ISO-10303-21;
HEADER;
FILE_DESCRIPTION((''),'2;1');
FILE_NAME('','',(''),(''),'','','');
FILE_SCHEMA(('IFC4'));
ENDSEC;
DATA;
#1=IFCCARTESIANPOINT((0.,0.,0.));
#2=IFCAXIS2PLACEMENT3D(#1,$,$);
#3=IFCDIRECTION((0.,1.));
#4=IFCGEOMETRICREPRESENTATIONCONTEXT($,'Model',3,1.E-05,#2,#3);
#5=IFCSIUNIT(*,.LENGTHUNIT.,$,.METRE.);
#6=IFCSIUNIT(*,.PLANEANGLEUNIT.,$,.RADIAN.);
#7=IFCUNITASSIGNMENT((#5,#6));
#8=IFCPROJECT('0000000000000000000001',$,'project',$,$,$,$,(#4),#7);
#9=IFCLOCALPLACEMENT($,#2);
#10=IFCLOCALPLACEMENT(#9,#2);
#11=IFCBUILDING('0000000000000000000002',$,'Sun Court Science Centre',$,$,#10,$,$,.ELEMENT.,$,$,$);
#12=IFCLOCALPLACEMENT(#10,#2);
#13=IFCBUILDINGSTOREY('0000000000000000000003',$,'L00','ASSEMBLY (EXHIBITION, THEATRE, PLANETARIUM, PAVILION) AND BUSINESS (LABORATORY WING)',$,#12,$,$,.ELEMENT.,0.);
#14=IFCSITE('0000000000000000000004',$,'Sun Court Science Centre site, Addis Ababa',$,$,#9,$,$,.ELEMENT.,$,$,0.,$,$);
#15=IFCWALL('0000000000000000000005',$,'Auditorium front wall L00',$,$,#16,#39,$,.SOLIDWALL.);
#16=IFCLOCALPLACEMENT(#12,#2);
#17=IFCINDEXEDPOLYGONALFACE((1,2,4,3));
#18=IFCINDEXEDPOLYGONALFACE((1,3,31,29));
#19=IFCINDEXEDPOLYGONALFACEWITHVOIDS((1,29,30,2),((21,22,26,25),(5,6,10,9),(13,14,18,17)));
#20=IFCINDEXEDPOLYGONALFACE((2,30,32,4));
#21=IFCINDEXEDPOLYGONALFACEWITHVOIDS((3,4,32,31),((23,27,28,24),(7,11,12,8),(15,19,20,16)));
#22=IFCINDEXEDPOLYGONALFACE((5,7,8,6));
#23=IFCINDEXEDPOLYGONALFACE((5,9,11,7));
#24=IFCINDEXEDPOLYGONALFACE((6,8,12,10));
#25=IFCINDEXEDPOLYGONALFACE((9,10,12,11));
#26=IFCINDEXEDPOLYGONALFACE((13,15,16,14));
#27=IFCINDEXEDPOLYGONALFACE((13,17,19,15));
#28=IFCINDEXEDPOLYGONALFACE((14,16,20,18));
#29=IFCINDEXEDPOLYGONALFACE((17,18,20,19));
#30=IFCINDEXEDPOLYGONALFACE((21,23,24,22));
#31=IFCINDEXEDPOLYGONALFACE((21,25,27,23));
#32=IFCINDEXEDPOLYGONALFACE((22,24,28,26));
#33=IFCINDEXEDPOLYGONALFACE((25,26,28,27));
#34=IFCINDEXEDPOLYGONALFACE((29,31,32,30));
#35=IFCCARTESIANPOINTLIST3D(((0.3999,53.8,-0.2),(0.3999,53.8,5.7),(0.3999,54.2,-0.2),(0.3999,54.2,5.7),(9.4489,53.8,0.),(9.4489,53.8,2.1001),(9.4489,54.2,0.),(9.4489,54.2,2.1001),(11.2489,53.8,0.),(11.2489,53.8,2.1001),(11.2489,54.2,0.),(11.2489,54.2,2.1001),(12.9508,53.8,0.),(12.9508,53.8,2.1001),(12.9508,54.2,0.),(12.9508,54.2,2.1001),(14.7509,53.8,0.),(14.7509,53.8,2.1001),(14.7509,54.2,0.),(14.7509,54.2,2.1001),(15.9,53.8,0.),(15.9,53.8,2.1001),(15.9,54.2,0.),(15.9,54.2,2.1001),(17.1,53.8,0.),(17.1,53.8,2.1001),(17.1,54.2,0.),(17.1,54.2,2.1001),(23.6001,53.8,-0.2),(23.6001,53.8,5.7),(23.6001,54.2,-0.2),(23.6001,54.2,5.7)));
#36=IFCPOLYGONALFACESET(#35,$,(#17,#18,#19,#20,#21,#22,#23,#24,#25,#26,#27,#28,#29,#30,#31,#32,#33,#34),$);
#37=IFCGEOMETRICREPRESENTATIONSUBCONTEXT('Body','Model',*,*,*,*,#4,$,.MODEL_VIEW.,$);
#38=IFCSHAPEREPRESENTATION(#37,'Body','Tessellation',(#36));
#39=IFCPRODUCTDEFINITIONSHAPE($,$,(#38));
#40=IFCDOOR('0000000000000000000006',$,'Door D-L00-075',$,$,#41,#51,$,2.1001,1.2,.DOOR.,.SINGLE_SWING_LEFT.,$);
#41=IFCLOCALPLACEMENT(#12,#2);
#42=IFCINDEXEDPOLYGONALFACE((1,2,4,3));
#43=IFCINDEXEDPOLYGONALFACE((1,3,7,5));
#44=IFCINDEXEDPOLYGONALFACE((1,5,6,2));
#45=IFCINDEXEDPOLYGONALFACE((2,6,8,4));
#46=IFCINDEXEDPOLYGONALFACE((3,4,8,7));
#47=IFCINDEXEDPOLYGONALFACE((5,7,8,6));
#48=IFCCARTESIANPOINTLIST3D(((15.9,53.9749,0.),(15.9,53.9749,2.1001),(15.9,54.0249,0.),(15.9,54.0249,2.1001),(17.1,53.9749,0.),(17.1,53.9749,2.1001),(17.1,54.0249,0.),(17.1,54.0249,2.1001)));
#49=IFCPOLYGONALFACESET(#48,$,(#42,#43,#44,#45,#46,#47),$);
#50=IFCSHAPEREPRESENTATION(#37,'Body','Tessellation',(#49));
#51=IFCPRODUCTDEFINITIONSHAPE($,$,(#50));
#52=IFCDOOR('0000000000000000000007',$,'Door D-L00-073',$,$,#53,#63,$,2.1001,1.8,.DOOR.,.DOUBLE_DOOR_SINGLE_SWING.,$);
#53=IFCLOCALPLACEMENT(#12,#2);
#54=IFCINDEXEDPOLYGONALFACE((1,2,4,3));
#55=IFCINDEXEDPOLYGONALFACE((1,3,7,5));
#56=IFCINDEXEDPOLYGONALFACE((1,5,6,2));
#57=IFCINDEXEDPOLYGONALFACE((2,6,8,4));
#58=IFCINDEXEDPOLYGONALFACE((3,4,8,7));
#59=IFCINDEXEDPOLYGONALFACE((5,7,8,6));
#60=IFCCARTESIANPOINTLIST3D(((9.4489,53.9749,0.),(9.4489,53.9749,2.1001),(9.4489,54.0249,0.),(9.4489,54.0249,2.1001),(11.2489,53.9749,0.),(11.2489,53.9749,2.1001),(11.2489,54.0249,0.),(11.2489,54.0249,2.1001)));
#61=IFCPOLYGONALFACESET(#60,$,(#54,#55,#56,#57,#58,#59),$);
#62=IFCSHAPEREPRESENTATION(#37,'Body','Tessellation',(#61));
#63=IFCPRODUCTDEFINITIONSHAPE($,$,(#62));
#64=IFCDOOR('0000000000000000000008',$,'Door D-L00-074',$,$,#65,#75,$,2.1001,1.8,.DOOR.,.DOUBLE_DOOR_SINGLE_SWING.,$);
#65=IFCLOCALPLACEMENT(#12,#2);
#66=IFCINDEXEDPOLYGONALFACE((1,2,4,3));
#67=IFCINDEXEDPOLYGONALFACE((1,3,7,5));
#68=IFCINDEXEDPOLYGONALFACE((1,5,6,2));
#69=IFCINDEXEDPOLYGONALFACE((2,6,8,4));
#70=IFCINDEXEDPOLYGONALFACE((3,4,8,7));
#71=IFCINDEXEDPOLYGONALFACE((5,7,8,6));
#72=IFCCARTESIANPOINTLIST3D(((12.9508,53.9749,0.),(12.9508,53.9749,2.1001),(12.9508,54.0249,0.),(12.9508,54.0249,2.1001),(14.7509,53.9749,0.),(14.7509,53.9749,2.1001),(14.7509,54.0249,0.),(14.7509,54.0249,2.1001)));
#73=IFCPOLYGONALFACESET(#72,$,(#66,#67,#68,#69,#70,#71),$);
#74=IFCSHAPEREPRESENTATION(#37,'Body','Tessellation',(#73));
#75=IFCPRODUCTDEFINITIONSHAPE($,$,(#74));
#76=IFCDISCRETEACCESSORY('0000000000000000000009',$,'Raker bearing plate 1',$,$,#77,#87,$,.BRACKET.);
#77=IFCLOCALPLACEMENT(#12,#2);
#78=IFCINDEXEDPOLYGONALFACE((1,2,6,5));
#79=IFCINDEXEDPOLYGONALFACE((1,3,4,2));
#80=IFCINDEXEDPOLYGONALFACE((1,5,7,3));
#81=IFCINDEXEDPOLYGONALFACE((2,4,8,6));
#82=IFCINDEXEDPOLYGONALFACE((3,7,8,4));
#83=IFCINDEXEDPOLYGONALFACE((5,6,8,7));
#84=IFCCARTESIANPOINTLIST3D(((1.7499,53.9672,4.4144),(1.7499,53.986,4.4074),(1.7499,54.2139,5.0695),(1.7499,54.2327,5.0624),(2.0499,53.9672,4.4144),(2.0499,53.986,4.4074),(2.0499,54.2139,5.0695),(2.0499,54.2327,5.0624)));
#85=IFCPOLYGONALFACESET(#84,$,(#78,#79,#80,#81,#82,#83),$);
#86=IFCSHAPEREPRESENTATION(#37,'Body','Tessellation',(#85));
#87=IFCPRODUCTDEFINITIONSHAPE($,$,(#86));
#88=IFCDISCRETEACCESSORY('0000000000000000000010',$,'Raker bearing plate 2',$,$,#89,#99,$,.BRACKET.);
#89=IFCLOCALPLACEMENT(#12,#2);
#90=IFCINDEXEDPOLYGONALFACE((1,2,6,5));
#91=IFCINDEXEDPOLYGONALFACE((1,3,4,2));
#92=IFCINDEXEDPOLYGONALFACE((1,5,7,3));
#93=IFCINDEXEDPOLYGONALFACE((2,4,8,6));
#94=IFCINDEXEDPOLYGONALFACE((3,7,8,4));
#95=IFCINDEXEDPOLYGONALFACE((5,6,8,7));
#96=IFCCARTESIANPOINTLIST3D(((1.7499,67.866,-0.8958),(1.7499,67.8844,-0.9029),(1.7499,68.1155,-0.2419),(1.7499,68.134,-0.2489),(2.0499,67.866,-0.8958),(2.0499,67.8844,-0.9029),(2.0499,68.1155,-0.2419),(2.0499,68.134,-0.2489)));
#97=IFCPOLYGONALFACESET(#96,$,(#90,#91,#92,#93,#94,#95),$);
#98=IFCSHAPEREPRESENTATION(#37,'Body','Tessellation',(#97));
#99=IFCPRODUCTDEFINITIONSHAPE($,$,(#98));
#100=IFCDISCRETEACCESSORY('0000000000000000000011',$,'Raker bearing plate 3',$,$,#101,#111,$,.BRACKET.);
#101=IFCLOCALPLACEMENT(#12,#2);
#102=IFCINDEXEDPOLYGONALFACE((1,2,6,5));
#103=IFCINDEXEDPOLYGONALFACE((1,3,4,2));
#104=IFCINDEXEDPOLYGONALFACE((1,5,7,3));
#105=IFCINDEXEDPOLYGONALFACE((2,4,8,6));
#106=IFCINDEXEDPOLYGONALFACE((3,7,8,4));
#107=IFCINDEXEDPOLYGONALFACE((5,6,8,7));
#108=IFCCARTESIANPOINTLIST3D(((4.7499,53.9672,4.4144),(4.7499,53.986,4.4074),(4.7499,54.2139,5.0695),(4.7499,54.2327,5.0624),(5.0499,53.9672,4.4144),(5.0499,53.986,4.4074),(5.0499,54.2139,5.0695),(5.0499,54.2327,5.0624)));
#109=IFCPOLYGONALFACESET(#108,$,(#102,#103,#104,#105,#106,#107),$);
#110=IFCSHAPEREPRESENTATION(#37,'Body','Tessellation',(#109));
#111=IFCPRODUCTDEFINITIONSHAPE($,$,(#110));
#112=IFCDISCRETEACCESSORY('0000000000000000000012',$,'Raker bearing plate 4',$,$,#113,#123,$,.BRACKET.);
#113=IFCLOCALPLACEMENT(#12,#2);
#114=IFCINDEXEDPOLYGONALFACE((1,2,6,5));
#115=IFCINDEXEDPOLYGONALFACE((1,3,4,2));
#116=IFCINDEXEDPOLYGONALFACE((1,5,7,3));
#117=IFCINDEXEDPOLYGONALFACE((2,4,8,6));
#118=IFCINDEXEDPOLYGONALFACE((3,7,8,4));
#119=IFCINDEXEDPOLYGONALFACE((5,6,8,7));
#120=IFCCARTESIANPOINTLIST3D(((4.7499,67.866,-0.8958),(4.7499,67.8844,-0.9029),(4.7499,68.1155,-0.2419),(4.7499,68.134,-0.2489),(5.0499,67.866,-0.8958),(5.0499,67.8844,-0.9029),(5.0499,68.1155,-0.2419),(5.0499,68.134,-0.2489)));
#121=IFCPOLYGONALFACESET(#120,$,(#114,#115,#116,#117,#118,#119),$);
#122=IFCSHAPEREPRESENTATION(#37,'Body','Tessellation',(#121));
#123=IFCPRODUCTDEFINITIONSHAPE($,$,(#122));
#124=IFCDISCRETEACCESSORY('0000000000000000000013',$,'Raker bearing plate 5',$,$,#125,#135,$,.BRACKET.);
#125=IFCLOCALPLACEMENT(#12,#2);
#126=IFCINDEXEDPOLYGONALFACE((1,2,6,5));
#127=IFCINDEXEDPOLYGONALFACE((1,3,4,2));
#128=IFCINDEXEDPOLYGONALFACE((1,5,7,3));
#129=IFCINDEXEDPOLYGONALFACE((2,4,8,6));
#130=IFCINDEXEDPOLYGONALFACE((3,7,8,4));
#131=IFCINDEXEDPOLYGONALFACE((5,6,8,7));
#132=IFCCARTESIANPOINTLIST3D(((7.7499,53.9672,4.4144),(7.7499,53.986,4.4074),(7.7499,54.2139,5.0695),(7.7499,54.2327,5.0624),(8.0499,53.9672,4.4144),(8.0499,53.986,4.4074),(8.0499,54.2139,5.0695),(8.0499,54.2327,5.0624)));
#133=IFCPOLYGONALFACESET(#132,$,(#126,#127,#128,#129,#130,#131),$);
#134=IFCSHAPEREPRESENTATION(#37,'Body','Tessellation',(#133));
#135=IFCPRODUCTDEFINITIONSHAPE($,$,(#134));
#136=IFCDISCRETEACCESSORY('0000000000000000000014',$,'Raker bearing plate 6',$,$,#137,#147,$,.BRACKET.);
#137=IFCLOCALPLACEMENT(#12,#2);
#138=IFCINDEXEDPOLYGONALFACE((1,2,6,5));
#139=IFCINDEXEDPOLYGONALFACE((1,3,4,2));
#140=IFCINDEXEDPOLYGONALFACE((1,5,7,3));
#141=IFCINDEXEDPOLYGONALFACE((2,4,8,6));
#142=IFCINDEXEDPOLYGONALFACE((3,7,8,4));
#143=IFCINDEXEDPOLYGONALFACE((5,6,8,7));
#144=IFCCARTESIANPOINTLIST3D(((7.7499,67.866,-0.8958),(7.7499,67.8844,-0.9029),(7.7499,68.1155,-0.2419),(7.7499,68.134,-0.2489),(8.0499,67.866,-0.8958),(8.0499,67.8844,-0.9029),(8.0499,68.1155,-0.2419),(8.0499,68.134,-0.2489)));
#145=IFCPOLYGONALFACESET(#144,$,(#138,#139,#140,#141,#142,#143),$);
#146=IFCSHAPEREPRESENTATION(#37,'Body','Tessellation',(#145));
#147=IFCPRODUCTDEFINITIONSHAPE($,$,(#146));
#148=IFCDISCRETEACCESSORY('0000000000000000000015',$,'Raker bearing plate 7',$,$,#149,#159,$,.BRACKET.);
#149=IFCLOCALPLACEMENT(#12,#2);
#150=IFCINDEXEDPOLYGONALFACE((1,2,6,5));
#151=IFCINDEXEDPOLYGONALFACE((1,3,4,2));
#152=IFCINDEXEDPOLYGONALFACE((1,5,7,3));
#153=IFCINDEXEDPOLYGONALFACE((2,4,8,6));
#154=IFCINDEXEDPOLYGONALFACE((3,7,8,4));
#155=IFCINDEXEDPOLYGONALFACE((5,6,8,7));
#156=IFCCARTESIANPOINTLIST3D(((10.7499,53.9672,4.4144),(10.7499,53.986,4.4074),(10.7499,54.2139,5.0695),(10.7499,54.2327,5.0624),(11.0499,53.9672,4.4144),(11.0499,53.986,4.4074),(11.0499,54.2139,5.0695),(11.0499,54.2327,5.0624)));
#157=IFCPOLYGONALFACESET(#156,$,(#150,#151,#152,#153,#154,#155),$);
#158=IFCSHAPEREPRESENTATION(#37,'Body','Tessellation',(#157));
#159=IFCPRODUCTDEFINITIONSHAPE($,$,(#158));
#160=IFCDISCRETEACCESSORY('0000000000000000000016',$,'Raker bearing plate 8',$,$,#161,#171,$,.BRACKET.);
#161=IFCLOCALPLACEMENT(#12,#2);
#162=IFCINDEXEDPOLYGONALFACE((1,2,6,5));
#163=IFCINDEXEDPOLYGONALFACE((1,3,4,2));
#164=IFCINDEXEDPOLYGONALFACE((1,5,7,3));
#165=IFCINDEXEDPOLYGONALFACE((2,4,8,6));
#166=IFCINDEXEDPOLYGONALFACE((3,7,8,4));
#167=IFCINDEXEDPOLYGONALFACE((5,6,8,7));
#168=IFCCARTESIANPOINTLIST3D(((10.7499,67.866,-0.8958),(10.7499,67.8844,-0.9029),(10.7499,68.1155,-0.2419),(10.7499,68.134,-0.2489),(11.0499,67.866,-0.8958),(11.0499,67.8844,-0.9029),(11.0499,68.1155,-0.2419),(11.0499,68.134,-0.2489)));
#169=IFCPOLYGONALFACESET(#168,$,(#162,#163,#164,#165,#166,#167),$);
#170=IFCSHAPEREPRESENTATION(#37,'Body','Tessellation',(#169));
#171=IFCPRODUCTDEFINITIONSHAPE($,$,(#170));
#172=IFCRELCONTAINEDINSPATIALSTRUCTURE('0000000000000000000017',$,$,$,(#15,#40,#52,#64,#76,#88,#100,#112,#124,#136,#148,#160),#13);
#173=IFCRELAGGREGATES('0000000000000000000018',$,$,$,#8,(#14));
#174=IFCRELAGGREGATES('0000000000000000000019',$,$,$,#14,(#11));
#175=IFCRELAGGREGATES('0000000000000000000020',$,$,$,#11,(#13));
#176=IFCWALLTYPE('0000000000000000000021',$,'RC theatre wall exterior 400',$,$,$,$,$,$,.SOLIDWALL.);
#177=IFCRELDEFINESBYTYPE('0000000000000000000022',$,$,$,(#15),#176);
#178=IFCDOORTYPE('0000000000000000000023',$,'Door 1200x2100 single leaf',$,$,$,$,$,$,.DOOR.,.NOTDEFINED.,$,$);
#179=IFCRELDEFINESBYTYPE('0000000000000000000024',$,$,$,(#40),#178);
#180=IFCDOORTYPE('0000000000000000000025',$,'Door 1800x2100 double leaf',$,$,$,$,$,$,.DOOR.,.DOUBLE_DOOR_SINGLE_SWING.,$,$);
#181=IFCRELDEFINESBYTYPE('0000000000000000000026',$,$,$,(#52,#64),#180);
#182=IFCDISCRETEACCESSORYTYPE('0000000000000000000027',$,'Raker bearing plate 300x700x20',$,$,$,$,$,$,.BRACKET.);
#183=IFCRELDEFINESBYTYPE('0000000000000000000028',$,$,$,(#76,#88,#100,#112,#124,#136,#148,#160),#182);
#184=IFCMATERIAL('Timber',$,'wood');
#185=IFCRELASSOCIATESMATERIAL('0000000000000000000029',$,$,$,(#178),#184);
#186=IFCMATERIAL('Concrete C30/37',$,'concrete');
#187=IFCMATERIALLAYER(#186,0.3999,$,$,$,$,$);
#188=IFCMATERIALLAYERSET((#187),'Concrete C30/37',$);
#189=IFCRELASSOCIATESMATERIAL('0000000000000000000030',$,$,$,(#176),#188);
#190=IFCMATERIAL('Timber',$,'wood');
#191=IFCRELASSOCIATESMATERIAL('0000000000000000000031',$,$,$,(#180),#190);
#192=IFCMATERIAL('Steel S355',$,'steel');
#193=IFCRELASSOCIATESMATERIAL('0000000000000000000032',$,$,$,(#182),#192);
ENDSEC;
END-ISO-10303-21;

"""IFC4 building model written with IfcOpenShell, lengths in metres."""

from ifc_helpers import new_model, si_unit, direction, frame, frame_2d, origin, origin_2d, place, context, subcontext, project, spatial, rectangle, extrude, material, layer, layer_set, material_profile, profile_set, type_object, element, fill, save


model = new_model("IFC4")

# Units and contexts
model_context = context("Model", 3, precision=1e-05, world=origin(), true_north=direction((0.0, 1.0)))
body_context = subcontext(model_context, "Body", "Model", "MODEL_VIEW")
ifc_project = project(units=[si_unit("LENGTHUNIT", "METRE"), si_unit("PLANEANGLEUNIT", "RADIAN")], contexts=[model_context])

# Site, building, storey
site_placement = place(None, origin())
site = spatial("IfcSite", under=ifc_project, at=site_placement, Name="Sun Court Science Centre site, Addis Ababa", CompositionType="ELEMENT", RefElevation=0.0)
building_placement = place(site_placement, origin())
building = spatial("IfcBuilding", under=site, at=building_placement, Name="Sun Court Science Centre", CompositionType="ELEMENT")
storey_placement = place(building_placement, origin())
storey = spatial("IfcBuildingStorey", under=building, at=storey_placement, Name="L00", Description="ASSEMBLY (EXHIBITION, THEATRE, PLANETARIUM, PAVILION) AND BUSINESS (LABORATORY WING)", CompositionType="ELEMENT", Elevation=0.0)

# Shared definitions
ifc_material_1 = material(Name="Timber", Category="wood")
door_type_1 = type_object("IfcDoorType", Name="Door 1200x2100 single leaf", OperationType="NOTDEFINED", PredefinedType="DOOR", material=ifc_material_1)

# Shared definitions
ifc_material_2 = material(Name="Concrete C30/37", Category="concrete")
ifc_layer_1 = layer(ifc_material_2, 0.3999)
ifc_layer_set_1 = layer_set([ifc_layer_1], Name="Concrete C30/37")
wall_type_1 = type_object("IfcWallType", Name="RC theatre wall exterior 400", PredefinedType="SOLIDWALL", material=ifc_layer_set_1)

# Wall, openings, doors
wall_1_placement = place(storey_placement, frame((0.3999, 54.0, -0.2), z_axis=(0.0, 0.0, 1.0), x_axis=(1.0, 0.0, 0.0)))
wall_1 = element("IfcWall", 1, at=wall_1_placement, inside=storey, type_object=wall_type_1, Name="Auditorium front wall L00", PredefinedType="SOLIDWALL", context=body_context, shape_type="SweptSolid", body=[
    extrude(rectangle(XDim=23.2002, YDim=0.3999, at=frame_2d((11.6001, 0.0))), origin(), (0.0, 0.0, 1.0), 5.8999),
])
opening_1_placement = place(wall_1_placement, frame((9.0491, 0.0, 0.2)))
opening_1 = element("IfcOpeningElement", 2, at=opening_1_placement, cuts=wall_1, PredefinedType="OPENING", context=body_context, shape_type="SweptSolid", body=[
    extrude(rectangle(XDim=1.8, YDim=2.1001, at=frame_2d((0.8999, 1.05))), frame((0.0, 0.21, 0.0), z_axis=(0.0, -1.0, 0.0), x_axis=(1.0, 0.0, 0.0)), (0.0, 0.0, 1.0), 0.4199),
])
opening_2_placement = place(wall_1_placement, frame((12.551, 0.0, 0.2)))
opening_2 = element("IfcOpeningElement", 3, at=opening_2_placement, cuts=wall_1, PredefinedType="OPENING", context=body_context, shape_type="SweptSolid", body=[
    extrude(rectangle(XDim=1.8, YDim=2.1001, at=frame_2d((0.8999, 1.05))), frame((0.0, 0.21, 0.0), z_axis=(0.0, -1.0, 0.0), x_axis=(1.0, 0.0, 0.0)), (0.0, 0.0, 1.0), 0.4199),
])
opening_3_placement = place(wall_1_placement, frame((15.5, 0.0, 0.2)))
opening_3 = element("IfcOpeningElement", 4, at=opening_3_placement, cuts=wall_1, PredefinedType="OPENING", context=body_context, shape_type="SweptSolid", body=[
    extrude(rectangle(XDim=1.2, YDim=2.1001, at=frame_2d((0.6001, 1.05))), frame((0.0, 0.21, 0.0), z_axis=(0.0, -1.0, 0.0), x_axis=(1.0, 0.0, 0.0)), (0.0, 0.0, 1.0), 0.4199),
])
door_1_placement = place(opening_3_placement, origin())
door_1 = element("IfcDoor", 5, at=door_1_placement, inside=storey, type_object=door_type_1, Name="Door D-L00-075", OperationType="SINGLE_SWING_LEFT", OverallHeight=2.1001, OverallWidth=1.2, PredefinedType="DOOR", context=body_context, shape_type="SweptSolid", body=[
    extrude(rectangle(XDim=1.2, YDim=2.1001, at=frame_2d((0.6001, 1.05))), frame((0.0, 0.0249, 0.0), z_axis=(0.0, -1.0, 0.0), x_axis=(1.0, 0.0, 0.0)), (0.0, 0.0, 1.0), 0.05),
])
fill(opening_3, door_1)
ifc_material_3 = material(Name="Timber", Category="wood")
door_type_2 = type_object("IfcDoorType", Name="Door 1800x2100 double leaf", OperationType="DOUBLE_DOOR_SINGLE_SWING", PredefinedType="DOOR", material=ifc_material_3)
door_2_placement = place(opening_1_placement, origin())
door_2 = element("IfcDoor", 6, at=door_2_placement, inside=storey, type_object=door_type_2, Name="Door D-L00-073", OperationType="DOUBLE_DOOR_SINGLE_SWING", OverallHeight=2.1001, OverallWidth=1.8, PredefinedType="DOOR", context=body_context, shape_type="SweptSolid", body=[
    extrude(rectangle(XDim=1.8, YDim=2.1001, at=frame_2d((0.8999, 1.05))), frame((0.0, 0.0249, 0.0), z_axis=(0.0, -1.0, 0.0), x_axis=(1.0, 0.0, 0.0)), (0.0, 0.0, 1.0), 0.05),
])
fill(opening_1, door_2)
door_3_placement = place(opening_2_placement, origin())
door_3 = element("IfcDoor", 7, at=door_3_placement, inside=storey, type_object=door_type_2, Name="Door D-L00-074", OperationType="DOUBLE_DOOR_SINGLE_SWING", OverallHeight=2.1001, OverallWidth=1.8, PredefinedType="DOOR", context=body_context, shape_type="SweptSolid", body=[
    extrude(rectangle(XDim=1.8, YDim=2.1001, at=frame_2d((0.8999, 1.05))), frame((0.0, 0.0249, 0.0), z_axis=(0.0, -1.0, 0.0), x_axis=(1.0, 0.0, 0.0)), (0.0, 0.0, 1.0), 0.05),
])
fill(opening_2, door_3)

# Discrete accessories
ifc_material_4 = material(Name="Steel S355", Category="steel")
ifc_material_profile_1 = material_profile(ifc_material_4, rectangle(XDim=0.3, YDim=0.7, at=origin_2d()), Name="PL 300x700")
ifc_profile_set_1 = profile_set([ifc_material_profile_1], Name="Steel S355")
discrete_accessory_type = type_object("IfcDiscreteAccessoryType", Name="Raker bearing plate 300x700x20", PredefinedType="BRACKET", material=ifc_profile_set_1)
discrete_accessory_1_placement = place(storey_placement, frame((1.8999, 54.0906, 4.7419), z_axis=(0.0, 0.935829, -0.352455), x_axis=(-1.0, 0.0, 0.0)))
element("IfcDiscreteAccessory", 8, at=discrete_accessory_1_placement, inside=storey, type_object=discrete_accessory_type, Name="Raker bearing plate 1", PredefinedType="BRACKET", context=body_context, shape_type="SweptSolid", body=[
    extrude(rectangle(XDim=0.3, YDim=0.7, at=origin_2d()), origin(), (0.0, 0.0, 1.0), 0.02),
])
discrete_accessory_2_placement = place(storey_placement, frame((1.8999, 67.9907, -0.5688), z_axis=(0.0, 0.934293, -0.356506), x_axis=(-1.0, 0.0, 0.0)))
element("IfcDiscreteAccessory", 9, at=discrete_accessory_2_placement, inside=storey, type_object=discrete_accessory_type, Name="Raker bearing plate 2", PredefinedType="BRACKET", context=body_context, shape_type="SweptSolid", body=[
    extrude(rectangle(XDim=0.3, YDim=0.7, at=origin_2d()), origin(), (0.0, 0.0, 1.0), 0.0198),
])
discrete_accessory_3_placement = place(storey_placement, frame((4.8999, 54.0906, 4.7419), z_axis=(0.0, 0.935829, -0.352455), x_axis=(-1.0, 0.0, 0.0)))
element("IfcDiscreteAccessory", 10, at=discrete_accessory_3_placement, inside=storey, type_object=discrete_accessory_type, Name="Raker bearing plate 3", PredefinedType="BRACKET", context=body_context, shape_type="SweptSolid", body=[
    extrude(rectangle(XDim=0.3, YDim=0.7, at=origin_2d()), origin(), (0.0, 0.0, 1.0), 0.02),
])
discrete_accessory_4_placement = place(storey_placement, frame((4.8999, 67.9907, -0.5688), z_axis=(0.0, 0.934293, -0.356506), x_axis=(-1.0, 0.0, 0.0)))
element("IfcDiscreteAccessory", 11, at=discrete_accessory_4_placement, inside=storey, type_object=discrete_accessory_type, Name="Raker bearing plate 4", PredefinedType="BRACKET", context=body_context, shape_type="SweptSolid", body=[
    extrude(rectangle(XDim=0.3, YDim=0.7, at=origin_2d()), origin(), (0.0, 0.0, 1.0), 0.0198),
])
discrete_accessory_5_placement = place(storey_placement, frame((7.8999, 54.0906, 4.7419), z_axis=(0.0, 0.935829, -0.352455), x_axis=(-1.0, 0.0, 0.0)))
element("IfcDiscreteAccessory", 12, at=discrete_accessory_5_placement, inside=storey, type_object=discrete_accessory_type, Name="Raker bearing plate 5", PredefinedType="BRACKET", context=body_context, shape_type="SweptSolid", body=[
    extrude(rectangle(XDim=0.3, YDim=0.7, at=origin_2d()), origin(), (0.0, 0.0, 1.0), 0.02),
])
discrete_accessory_6_placement = place(storey_placement, frame((7.8999, 67.9907, -0.5688), z_axis=(0.0, 0.934293, -0.356506), x_axis=(-1.0, 0.0, 0.0)))
element("IfcDiscreteAccessory", 13, at=discrete_accessory_6_placement, inside=storey, type_object=discrete_accessory_type, Name="Raker bearing plate 6", PredefinedType="BRACKET", context=body_context, shape_type="SweptSolid", body=[
    extrude(rectangle(XDim=0.3, YDim=0.7, at=origin_2d()), origin(), (0.0, 0.0, 1.0), 0.0198),
])
discrete_accessory_7_placement = place(storey_placement, frame((10.8999, 54.0906, 4.7419), z_axis=(0.0, 0.935829, -0.352455), x_axis=(-1.0, 0.0, 0.0)))
element("IfcDiscreteAccessory", 14, at=discrete_accessory_7_placement, inside=storey, type_object=discrete_accessory_type, Name="Raker bearing plate 7", PredefinedType="BRACKET", context=body_context, shape_type="SweptSolid", body=[
    extrude(rectangle(XDim=0.3, YDim=0.7, at=origin_2d()), origin(), (0.0, 0.0, 1.0), 0.02),
])
discrete_accessory_8_placement = place(storey_placement, frame((10.8999, 67.9907, -0.5688), z_axis=(0.0, 0.934293, -0.356506), x_axis=(-1.0, 0.0, 0.0)))
element("IfcDiscreteAccessory", 15, at=discrete_accessory_8_placement, inside=storey, type_object=discrete_accessory_type, Name="Raker bearing plate 8", PredefinedType="BRACKET", context=body_context, shape_type="SweptSolid", body=[
    extrude(rectangle(XDim=0.3, YDim=0.7, at=origin_2d()), origin(), (0.0, 0.0, 1.0), 0.0198),
])

save(model, "model.ifc")
